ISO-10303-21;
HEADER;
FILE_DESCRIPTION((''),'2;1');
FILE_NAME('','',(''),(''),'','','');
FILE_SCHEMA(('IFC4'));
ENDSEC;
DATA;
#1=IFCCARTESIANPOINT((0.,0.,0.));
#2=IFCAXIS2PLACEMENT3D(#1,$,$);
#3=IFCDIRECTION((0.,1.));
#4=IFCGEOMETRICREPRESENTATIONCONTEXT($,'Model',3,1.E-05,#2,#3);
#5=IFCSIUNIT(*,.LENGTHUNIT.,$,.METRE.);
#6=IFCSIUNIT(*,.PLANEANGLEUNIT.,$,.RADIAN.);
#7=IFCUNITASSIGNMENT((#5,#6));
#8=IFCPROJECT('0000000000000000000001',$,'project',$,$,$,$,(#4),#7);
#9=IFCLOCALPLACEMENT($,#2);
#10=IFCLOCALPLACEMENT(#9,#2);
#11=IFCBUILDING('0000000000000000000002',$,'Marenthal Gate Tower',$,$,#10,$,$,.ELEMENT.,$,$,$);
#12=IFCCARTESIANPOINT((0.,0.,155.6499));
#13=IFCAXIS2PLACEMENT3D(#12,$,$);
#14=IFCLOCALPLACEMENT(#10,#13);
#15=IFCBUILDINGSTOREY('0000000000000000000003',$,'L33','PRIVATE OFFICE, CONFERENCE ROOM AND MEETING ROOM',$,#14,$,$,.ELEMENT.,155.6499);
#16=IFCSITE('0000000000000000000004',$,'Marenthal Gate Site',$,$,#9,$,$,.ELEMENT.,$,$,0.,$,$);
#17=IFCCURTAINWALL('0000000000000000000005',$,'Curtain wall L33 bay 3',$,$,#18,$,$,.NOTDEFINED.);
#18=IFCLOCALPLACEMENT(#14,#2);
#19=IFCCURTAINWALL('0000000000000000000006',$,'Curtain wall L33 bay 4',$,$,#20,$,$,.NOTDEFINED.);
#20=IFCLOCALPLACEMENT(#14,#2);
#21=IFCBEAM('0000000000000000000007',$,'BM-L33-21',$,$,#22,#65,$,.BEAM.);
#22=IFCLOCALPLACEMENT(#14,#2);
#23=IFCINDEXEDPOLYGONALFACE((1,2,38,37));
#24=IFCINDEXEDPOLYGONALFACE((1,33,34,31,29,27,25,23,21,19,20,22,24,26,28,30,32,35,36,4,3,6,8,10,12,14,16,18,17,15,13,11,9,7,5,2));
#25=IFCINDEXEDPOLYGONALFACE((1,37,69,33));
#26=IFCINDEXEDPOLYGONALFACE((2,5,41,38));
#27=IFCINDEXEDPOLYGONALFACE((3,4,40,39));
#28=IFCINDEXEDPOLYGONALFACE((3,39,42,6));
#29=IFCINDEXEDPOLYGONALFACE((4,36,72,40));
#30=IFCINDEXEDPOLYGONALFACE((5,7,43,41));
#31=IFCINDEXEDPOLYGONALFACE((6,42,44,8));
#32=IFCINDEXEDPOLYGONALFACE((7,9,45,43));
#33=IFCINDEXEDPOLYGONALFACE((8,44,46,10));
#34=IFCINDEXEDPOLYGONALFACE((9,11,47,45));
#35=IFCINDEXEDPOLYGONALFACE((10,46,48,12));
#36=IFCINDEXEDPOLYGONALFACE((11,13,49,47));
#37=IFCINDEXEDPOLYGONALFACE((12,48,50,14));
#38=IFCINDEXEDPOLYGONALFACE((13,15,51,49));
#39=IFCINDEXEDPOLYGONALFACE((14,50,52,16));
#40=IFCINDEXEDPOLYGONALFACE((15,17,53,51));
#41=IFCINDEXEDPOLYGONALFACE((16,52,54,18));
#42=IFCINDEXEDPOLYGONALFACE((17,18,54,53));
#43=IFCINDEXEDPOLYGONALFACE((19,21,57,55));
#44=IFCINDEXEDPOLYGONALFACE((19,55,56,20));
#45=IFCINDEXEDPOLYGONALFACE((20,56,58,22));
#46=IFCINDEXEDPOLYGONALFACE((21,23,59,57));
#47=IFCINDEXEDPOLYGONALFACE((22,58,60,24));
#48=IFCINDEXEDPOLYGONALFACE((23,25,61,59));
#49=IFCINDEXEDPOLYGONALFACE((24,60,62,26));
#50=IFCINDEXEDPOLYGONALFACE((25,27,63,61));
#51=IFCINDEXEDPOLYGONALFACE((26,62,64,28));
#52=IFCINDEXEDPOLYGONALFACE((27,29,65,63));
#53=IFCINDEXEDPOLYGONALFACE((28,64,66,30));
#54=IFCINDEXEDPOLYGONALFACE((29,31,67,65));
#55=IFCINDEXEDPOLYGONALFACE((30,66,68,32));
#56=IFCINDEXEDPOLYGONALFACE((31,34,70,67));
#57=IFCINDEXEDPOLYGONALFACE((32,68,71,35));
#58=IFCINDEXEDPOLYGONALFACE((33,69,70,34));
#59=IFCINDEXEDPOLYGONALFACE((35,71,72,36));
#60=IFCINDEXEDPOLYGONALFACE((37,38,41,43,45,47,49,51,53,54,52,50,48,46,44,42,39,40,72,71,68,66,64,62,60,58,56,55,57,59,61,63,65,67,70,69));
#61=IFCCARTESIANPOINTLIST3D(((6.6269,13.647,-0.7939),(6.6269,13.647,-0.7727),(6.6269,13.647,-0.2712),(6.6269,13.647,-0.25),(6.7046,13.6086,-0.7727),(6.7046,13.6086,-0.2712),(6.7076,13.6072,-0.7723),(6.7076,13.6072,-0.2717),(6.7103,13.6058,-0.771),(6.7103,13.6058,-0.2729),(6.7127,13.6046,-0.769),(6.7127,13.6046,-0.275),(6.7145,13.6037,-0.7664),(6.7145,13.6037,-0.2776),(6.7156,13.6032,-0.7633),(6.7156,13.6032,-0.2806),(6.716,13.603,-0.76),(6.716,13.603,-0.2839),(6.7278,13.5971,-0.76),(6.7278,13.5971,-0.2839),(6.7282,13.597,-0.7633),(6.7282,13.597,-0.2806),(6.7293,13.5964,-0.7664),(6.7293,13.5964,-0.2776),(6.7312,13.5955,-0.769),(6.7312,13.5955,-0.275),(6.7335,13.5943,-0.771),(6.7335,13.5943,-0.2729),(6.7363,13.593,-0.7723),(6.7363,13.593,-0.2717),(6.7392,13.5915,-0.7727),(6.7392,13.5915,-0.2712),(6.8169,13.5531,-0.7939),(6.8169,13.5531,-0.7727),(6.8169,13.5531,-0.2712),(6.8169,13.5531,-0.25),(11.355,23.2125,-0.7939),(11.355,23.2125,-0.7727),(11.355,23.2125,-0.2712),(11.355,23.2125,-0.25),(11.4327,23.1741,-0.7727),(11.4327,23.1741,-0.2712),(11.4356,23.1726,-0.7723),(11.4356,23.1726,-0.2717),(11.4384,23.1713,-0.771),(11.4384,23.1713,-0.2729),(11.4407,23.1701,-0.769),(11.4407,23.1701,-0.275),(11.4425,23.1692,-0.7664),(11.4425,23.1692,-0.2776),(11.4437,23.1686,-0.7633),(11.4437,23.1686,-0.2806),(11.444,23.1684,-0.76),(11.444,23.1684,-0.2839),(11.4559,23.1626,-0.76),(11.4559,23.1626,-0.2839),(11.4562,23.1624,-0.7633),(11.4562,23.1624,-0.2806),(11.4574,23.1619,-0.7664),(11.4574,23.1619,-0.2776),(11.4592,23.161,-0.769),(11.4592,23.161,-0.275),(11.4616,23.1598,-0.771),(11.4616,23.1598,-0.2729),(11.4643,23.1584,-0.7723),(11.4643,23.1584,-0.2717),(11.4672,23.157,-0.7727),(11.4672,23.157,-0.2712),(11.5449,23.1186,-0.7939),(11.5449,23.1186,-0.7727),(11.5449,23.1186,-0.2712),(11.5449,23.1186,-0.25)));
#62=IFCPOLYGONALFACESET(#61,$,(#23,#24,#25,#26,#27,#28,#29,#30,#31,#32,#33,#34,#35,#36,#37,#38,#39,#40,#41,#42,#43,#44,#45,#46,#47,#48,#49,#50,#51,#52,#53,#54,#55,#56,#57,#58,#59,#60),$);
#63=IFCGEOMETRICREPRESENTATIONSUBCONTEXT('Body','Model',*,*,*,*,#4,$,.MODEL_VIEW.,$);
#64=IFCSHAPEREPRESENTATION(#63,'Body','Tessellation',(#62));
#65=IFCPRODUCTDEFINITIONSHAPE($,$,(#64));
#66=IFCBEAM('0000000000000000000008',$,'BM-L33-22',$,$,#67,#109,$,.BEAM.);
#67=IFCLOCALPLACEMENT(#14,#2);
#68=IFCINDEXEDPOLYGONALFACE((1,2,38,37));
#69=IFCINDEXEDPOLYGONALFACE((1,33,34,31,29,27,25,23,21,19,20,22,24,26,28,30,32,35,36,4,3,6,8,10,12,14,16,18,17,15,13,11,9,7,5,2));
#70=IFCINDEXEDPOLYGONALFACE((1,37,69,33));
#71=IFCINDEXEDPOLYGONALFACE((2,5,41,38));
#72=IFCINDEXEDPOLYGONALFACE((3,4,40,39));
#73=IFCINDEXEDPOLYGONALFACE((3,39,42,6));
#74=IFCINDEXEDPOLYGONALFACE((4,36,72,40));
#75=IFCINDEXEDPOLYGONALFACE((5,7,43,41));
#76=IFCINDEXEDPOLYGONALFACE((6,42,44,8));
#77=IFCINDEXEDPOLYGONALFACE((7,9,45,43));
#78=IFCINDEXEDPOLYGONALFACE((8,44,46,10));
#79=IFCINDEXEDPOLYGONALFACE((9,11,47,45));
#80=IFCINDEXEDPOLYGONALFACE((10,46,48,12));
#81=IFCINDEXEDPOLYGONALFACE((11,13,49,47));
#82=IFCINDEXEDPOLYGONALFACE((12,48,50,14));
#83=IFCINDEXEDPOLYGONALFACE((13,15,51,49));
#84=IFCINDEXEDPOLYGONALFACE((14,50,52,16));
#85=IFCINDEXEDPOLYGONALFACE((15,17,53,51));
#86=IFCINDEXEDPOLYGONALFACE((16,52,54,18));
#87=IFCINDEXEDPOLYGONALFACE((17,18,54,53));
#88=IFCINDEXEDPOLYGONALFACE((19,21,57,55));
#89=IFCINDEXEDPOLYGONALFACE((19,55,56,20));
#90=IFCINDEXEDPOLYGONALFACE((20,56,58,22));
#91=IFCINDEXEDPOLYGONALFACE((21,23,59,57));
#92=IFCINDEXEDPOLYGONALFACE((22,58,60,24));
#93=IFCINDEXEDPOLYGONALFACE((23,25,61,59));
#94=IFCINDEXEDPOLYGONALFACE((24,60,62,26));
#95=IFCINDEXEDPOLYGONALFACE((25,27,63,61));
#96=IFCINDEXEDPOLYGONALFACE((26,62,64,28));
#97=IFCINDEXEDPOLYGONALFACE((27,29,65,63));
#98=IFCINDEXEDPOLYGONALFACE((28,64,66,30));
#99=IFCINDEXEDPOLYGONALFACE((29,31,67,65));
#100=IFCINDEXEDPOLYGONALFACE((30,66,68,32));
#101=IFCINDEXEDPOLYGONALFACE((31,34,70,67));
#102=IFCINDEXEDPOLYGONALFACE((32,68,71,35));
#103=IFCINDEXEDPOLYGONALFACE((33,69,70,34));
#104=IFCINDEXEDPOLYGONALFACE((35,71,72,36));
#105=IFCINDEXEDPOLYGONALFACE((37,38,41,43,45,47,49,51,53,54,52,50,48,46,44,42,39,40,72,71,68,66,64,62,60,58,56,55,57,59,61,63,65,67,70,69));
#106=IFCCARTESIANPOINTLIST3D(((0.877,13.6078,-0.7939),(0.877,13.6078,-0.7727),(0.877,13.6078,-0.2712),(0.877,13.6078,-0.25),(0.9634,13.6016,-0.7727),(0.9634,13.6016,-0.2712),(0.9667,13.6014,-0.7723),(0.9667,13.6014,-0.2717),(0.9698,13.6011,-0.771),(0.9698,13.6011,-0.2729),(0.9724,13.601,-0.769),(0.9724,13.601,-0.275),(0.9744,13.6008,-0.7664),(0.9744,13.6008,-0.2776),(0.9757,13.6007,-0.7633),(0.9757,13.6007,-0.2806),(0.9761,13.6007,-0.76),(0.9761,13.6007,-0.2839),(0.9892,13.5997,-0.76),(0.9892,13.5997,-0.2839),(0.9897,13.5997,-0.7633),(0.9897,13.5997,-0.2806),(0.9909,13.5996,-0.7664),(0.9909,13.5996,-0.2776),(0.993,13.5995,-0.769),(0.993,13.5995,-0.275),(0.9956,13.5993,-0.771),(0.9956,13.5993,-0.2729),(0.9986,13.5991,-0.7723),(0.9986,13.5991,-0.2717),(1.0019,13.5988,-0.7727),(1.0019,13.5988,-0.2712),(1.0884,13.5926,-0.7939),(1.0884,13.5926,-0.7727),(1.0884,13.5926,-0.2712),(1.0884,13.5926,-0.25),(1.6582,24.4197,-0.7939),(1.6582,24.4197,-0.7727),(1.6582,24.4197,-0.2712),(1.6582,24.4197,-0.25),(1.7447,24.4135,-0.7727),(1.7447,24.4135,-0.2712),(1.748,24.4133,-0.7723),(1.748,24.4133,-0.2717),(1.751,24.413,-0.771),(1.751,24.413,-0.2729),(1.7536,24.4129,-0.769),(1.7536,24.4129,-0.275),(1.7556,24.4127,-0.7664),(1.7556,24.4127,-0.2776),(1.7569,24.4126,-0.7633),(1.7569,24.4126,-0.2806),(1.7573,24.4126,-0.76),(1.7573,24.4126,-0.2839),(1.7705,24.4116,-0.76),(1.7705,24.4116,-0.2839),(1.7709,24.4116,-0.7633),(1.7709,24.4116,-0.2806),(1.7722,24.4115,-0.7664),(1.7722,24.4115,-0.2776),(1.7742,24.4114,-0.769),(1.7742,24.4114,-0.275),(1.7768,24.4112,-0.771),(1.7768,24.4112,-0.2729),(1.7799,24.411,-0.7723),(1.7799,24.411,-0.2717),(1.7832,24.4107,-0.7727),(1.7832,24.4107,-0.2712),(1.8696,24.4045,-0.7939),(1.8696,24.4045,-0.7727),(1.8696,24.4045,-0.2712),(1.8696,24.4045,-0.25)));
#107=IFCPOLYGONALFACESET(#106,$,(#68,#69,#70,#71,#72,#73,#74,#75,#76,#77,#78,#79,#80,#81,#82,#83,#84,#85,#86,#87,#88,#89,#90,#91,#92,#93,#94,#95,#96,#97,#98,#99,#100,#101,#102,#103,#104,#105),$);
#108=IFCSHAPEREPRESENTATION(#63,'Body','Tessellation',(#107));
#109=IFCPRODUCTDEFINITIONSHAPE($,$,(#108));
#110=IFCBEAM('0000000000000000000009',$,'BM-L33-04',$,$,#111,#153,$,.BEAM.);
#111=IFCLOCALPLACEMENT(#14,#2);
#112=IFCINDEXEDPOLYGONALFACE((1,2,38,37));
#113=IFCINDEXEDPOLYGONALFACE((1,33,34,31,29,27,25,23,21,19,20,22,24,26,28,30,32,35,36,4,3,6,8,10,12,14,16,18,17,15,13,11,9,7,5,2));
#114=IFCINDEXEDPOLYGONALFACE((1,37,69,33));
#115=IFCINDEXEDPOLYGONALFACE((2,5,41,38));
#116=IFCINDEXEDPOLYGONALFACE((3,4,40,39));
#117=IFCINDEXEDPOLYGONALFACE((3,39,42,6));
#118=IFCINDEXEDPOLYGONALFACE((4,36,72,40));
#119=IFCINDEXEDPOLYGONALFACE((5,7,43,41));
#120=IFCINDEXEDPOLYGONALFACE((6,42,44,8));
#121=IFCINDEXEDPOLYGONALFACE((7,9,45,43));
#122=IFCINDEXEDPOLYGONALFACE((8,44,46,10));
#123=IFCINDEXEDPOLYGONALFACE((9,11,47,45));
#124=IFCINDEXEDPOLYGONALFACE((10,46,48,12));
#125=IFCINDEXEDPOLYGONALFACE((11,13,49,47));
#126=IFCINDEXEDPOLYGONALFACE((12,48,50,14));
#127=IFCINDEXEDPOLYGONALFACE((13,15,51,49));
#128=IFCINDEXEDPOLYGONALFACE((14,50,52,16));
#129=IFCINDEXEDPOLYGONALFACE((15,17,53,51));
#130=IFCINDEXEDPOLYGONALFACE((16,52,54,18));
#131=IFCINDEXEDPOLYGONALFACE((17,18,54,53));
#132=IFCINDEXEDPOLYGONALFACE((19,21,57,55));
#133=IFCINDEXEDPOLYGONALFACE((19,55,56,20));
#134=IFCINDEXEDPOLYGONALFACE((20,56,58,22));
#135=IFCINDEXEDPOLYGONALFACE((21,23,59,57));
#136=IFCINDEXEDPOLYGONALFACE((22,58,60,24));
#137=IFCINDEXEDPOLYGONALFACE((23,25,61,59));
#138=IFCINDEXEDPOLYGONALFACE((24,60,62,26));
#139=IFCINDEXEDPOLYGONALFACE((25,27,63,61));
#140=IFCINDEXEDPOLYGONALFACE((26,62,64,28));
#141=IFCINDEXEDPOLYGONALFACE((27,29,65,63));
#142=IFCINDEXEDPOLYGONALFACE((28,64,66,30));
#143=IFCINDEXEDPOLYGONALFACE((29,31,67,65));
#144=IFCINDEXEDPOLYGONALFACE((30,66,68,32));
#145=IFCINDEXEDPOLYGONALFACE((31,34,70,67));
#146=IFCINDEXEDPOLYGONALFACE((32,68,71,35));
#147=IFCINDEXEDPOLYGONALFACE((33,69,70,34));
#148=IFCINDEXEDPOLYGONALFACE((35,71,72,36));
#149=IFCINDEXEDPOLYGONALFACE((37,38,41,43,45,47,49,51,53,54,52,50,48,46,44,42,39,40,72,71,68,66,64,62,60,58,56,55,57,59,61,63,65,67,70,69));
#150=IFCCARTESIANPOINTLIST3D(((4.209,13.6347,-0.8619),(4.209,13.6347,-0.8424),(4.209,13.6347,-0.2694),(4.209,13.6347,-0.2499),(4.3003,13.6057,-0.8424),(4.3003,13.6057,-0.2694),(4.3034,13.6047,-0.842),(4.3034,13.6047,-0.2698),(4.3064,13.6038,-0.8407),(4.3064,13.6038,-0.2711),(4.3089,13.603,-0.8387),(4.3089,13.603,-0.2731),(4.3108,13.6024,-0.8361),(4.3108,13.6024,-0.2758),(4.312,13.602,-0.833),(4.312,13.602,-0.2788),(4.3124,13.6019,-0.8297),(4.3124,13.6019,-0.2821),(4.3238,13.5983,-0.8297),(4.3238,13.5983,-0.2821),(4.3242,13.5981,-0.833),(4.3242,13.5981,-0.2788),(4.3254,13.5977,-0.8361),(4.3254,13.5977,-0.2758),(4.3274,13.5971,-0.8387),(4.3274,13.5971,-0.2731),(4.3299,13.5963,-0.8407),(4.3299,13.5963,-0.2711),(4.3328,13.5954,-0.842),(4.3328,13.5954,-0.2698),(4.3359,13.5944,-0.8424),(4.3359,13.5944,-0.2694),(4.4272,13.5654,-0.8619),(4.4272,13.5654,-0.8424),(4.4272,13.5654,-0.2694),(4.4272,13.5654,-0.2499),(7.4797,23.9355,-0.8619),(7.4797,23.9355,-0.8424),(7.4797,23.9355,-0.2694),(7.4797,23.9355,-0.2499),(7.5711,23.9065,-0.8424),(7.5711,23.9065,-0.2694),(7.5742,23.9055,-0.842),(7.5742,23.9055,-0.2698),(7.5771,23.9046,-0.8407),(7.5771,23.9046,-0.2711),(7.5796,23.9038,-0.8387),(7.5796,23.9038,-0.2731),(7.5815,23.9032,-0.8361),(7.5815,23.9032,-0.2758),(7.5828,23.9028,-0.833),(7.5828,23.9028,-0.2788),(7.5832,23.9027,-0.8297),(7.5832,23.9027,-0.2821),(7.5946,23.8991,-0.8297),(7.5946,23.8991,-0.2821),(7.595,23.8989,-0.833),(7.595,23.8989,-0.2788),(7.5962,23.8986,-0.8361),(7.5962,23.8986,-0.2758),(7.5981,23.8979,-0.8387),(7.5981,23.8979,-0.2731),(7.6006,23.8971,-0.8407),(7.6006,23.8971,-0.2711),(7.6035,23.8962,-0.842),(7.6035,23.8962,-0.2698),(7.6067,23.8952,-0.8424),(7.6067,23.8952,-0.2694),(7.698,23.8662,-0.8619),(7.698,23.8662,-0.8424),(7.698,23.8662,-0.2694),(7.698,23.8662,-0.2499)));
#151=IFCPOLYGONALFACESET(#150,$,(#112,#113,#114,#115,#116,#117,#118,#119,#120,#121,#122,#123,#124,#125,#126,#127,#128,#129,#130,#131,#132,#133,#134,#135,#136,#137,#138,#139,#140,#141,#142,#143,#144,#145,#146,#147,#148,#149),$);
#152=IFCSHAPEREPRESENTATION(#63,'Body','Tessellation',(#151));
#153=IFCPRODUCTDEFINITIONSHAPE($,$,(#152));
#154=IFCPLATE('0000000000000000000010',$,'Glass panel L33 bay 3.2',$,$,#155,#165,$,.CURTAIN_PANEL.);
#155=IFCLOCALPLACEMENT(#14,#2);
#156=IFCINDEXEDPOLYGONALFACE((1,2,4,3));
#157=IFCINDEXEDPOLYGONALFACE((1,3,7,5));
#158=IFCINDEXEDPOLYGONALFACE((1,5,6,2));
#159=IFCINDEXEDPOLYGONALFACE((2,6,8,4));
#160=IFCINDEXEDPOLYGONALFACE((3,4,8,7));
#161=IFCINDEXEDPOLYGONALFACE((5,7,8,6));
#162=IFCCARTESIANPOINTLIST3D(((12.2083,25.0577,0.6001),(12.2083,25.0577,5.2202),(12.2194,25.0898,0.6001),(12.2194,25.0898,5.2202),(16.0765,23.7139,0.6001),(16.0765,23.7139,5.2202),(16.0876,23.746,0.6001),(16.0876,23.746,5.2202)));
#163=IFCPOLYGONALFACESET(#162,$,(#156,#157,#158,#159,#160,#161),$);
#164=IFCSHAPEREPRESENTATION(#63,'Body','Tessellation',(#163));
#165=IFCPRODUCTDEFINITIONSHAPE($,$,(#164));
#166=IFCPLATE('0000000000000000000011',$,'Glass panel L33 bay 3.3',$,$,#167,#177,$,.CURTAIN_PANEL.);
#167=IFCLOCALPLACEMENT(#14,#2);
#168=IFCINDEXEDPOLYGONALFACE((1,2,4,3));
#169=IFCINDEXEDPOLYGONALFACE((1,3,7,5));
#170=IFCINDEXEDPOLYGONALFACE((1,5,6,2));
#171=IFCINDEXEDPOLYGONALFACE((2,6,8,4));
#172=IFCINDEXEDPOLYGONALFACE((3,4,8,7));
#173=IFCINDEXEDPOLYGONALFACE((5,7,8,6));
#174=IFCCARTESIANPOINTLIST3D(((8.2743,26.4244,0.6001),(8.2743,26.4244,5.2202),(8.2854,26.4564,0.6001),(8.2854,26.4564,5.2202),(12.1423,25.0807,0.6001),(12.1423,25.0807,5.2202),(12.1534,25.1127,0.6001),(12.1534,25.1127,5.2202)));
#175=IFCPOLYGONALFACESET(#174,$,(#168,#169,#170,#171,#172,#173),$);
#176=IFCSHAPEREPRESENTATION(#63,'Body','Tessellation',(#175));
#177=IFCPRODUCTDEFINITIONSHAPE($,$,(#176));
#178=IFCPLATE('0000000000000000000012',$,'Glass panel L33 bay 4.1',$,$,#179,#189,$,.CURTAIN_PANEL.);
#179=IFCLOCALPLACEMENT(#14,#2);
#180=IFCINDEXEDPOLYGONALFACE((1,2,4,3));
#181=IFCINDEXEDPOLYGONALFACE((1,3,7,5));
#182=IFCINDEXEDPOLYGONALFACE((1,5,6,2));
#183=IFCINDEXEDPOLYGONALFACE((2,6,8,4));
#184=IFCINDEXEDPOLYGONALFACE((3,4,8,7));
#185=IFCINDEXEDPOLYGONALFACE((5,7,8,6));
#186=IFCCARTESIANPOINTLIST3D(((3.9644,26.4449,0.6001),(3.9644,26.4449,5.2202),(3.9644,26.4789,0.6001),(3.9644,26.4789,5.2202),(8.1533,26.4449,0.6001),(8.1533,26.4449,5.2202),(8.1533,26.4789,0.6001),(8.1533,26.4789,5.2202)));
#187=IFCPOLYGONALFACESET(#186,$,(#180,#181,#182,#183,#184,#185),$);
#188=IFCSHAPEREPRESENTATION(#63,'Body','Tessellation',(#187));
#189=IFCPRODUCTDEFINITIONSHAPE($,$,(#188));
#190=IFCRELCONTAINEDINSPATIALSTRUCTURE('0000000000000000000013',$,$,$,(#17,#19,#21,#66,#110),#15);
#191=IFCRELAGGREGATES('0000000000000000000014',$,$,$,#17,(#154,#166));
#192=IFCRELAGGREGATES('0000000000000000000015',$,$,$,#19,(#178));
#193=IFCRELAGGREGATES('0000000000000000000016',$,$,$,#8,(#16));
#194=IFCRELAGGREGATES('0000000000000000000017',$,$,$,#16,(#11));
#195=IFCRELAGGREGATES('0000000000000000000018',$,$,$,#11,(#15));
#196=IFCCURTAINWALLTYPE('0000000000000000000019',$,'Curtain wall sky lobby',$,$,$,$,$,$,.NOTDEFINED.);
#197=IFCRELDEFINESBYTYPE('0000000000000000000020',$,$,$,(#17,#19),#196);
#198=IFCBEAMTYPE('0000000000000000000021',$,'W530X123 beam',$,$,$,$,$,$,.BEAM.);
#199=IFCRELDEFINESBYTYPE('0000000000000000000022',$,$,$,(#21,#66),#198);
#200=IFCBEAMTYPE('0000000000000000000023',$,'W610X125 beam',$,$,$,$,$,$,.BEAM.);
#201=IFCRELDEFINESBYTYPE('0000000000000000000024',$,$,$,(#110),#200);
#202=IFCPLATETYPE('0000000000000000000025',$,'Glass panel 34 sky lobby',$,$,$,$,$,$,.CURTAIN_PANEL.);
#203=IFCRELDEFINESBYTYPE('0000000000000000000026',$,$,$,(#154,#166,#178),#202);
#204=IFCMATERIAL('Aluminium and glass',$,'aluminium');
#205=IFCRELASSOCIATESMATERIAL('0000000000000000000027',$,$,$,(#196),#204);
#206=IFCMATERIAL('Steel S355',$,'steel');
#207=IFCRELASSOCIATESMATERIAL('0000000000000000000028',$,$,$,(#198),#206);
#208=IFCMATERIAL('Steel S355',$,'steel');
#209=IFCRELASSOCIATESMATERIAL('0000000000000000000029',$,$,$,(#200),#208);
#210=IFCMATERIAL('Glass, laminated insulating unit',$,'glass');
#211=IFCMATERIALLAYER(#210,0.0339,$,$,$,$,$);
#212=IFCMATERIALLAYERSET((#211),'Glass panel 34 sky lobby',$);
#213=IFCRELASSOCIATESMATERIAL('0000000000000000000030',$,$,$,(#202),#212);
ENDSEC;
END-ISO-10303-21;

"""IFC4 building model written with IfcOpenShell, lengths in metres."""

from ifc_helpers import new_model, si_unit, direction, frame, origin, origin_2d, place, context, subcontext, project, spatial, rectangle, i_section, extrude, material, layer, layer_set, material_profile, profile_set, type_object, element, aggregate, save


model = new_model("IFC4")

# Units and contexts
model_context = context("Model", 3, precision=1e-05, world=origin(), true_north=direction((0.0, 1.0)))
body_context = subcontext(model_context, "Body", "Model", "MODEL_VIEW")
ifc_project = project(units=[si_unit("LENGTHUNIT", "METRE"), si_unit("PLANEANGLEUNIT", "RADIAN")], contexts=[model_context])

# Site, building, storey
site_placement = place(None, origin())
site = spatial("IfcSite", under=ifc_project, at=site_placement, Name="Marenthal Gate Site", CompositionType="ELEMENT", RefElevation=0.0)
building_placement = place(site_placement, origin())
building = spatial("IfcBuilding", under=site, at=building_placement, Name="Marenthal Gate Tower", CompositionType="ELEMENT")
storey_placement = place(building_placement, frame((0.0, 0.0, 155.6499)))
storey = spatial("IfcBuildingStorey", under=building, at=storey_placement, Name="L33", Description="PRIVATE OFFICE, CONFERENCE ROOM AND MEETING ROOM", CompositionType="ELEMENT", Elevation=155.6499)

# Curtain walls
ifc_material_1 = material(Name="Aluminium and glass", Category="aluminium")
curtain_wall_type = type_object("IfcCurtainWallType", Name="Curtain wall sky lobby", PredefinedType="NOTDEFINED", material=ifc_material_1)
curtain_wall_1_placement = place(storey_placement, origin())
curtain_wall_1 = element("IfcCurtainWall", 1, at=curtain_wall_1_placement, inside=storey, type_object=curtain_wall_type, Name="Curtain wall L33 bay 3", PredefinedType="NOTDEFINED")
curtain_wall_2_placement = place(storey_placement, origin())
curtain_wall_2 = element("IfcCurtainWall", 2, at=curtain_wall_2_placement, inside=storey, type_object=curtain_wall_type, Name="Curtain wall L33 bay 4", PredefinedType="NOTDEFINED")

# Beams
ifc_material_2 = material(Name="Steel S355", Category="steel")
ifc_material_profile_1 = material_profile(ifc_material_2, i_section(OverallWidth=0.2119, OverallDepth=0.5439, WebThickness=0.0132, FlangeThickness=0.0212, FilletRadius=0.0127, at=origin_2d()), Name="W530X123")
ifc_profile_set_1 = profile_set([ifc_material_profile_1], Name="Steel S355")
beam_type_1 = type_object("IfcBeamType", Name="W530X123 beam", PredefinedType="BEAM", material=ifc_profile_set_1)
beam_1_placement = place(storey_placement, frame((11.45, 23.1655, -0.522), z_axis=(-0.443109, -0.896468, 0.0), x_axis=(0.896468, -0.443109, 0.0)))
element("IfcBeam", 3, at=beam_1_placement, inside=storey, type_object=beam_type_1, Name="BM-L33-21", PredefinedType="BEAM", context=body_context, shape_type="SweptSolid", body=[
    extrude(i_section(OverallWidth=0.2119, OverallDepth=0.5439, WebThickness=0.0132, FlangeThickness=0.0212, FilletRadius=0.0127, at=origin_2d()), origin(), (0.0, 0.0, 1.0), 10.6702),
])
beam_2_placement = place(storey_placement, frame((1.7639, 24.4121, -0.522), z_axis=(-0.07207, -0.9974, 0.0), x_axis=(0.9974, -0.07207, 0.0)))
element("IfcBeam", 4, at=beam_2_placement, inside=storey, type_object=beam_type_1, Name="BM-L33-22", PredefinedType="BEAM", context=body_context, shape_type="SweptSolid", body=[
    extrude(i_section(OverallWidth=0.2119, OverallDepth=0.5439, WebThickness=0.0132, FlangeThickness=0.0212, FilletRadius=0.0127, at=origin_2d()), origin(), (0.0, 0.0, 1.0), 10.8401),
])
ifc_material_3 = material(Name="Steel S355", Category="steel")
ifc_material_profile_2 = material_profile(ifc_material_3, i_section(OverallWidth=0.229, OverallDepth=0.6121, WebThickness=0.012, FlangeThickness=0.0195, FilletRadius=0.0127, at=origin_2d()), Name="W610X125")
ifc_profile_set_2 = profile_set([ifc_material_profile_2], Name="Steel S355")
beam_type_2 = type_object("IfcBeamType", Name="W610X125 beam", PredefinedType="BEAM", material=ifc_profile_set_2)
beam_3_placement = place(storey_placement, frame((7.5889, 23.9009, -0.5559), z_axis=(-0.302635, -0.953107, 0.0), x_axis=(0.953107, -0.302635, 0.0)))
element("IfcBeam", 5, at=beam_3_placement, inside=storey, type_object=beam_type_2, Name="BM-L33-04", PredefinedType="BEAM", context=body_context, shape_type="SweptSolid", body=[
    extrude(i_section(OverallWidth=0.229, OverallDepth=0.6121, WebThickness=0.012, FlangeThickness=0.0195, FilletRadius=0.0127, at=origin_2d()), origin(), (0.0, 0.0, 1.0), 10.8076),
])

# Plates
ifc_material_4 = material(Name="Glass, laminated insulating unit", Category="glass")
ifc_layer_1 = layer(ifc_material_4, 0.0339)
ifc_layer_set_1 = layer_set([ifc_layer_1], Name="Glass panel 34 sky lobby")
plate_type = type_object("IfcPlateType", Name="Glass panel 34 sky lobby", PredefinedType="CURTAIN_PANEL", material=ifc_layer_set_1)
plate_1_placement = place(storey_placement, frame((14.1479, 24.4019, 0.6001), z_axis=(0.0, 0.0, 1.0), x_axis=(-0.944623, 0.328158, 0.0)))
plate_1 = element("IfcPlate", 6, at=plate_1_placement, type_object=plate_type, Name="Glass panel L33 bay 3.2", PredefinedType="CURTAIN_PANEL", context=body_context, shape_type="SweptSolid", body=[
    extrude(rectangle(XDim=4.095, YDim=0.0339, at=origin_2d()), origin(), (0.0, 0.0, 1.0), 4.6201),
])
plate_2_placement = place(storey_placement, frame((10.2139, 25.7686, 0.6001), z_axis=(0.0, 0.0, 1.0), x_axis=(-0.944623, 0.328158, 0.0)))
plate_2 = element("IfcPlate", 7, at=plate_2_placement, type_object=plate_type, Name="Glass panel L33 bay 3.3", PredefinedType="CURTAIN_PANEL", context=body_context, shape_type="SweptSolid", body=[
    extrude(rectangle(XDim=4.0947, YDim=0.0339, at=origin_2d()), origin(), (0.0, 0.0, 1.0), 4.6201),
])
aggregate(curtain_wall_1, [plate_1, plate_2])
plate_3_placement = place(storey_placement, frame((6.0588, 26.4619, 0.6001), z_axis=(0.0, 0.0, 1.0), x_axis=(-1.0, 0.0, 0.0)))
plate_3 = element("IfcPlate", 8, at=plate_3_placement, type_object=plate_type, Name="Glass panel L33 bay 4.1", PredefinedType="CURTAIN_PANEL", context=body_context, shape_type="SweptSolid", body=[
    extrude(rectangle(XDim=4.189, YDim=0.0339, at=origin_2d()), origin(), (0.0, 0.0, 1.0), 4.6201),
])
aggregate(curtain_wall_2, [plate_3])

save(model, "model.ifc")
